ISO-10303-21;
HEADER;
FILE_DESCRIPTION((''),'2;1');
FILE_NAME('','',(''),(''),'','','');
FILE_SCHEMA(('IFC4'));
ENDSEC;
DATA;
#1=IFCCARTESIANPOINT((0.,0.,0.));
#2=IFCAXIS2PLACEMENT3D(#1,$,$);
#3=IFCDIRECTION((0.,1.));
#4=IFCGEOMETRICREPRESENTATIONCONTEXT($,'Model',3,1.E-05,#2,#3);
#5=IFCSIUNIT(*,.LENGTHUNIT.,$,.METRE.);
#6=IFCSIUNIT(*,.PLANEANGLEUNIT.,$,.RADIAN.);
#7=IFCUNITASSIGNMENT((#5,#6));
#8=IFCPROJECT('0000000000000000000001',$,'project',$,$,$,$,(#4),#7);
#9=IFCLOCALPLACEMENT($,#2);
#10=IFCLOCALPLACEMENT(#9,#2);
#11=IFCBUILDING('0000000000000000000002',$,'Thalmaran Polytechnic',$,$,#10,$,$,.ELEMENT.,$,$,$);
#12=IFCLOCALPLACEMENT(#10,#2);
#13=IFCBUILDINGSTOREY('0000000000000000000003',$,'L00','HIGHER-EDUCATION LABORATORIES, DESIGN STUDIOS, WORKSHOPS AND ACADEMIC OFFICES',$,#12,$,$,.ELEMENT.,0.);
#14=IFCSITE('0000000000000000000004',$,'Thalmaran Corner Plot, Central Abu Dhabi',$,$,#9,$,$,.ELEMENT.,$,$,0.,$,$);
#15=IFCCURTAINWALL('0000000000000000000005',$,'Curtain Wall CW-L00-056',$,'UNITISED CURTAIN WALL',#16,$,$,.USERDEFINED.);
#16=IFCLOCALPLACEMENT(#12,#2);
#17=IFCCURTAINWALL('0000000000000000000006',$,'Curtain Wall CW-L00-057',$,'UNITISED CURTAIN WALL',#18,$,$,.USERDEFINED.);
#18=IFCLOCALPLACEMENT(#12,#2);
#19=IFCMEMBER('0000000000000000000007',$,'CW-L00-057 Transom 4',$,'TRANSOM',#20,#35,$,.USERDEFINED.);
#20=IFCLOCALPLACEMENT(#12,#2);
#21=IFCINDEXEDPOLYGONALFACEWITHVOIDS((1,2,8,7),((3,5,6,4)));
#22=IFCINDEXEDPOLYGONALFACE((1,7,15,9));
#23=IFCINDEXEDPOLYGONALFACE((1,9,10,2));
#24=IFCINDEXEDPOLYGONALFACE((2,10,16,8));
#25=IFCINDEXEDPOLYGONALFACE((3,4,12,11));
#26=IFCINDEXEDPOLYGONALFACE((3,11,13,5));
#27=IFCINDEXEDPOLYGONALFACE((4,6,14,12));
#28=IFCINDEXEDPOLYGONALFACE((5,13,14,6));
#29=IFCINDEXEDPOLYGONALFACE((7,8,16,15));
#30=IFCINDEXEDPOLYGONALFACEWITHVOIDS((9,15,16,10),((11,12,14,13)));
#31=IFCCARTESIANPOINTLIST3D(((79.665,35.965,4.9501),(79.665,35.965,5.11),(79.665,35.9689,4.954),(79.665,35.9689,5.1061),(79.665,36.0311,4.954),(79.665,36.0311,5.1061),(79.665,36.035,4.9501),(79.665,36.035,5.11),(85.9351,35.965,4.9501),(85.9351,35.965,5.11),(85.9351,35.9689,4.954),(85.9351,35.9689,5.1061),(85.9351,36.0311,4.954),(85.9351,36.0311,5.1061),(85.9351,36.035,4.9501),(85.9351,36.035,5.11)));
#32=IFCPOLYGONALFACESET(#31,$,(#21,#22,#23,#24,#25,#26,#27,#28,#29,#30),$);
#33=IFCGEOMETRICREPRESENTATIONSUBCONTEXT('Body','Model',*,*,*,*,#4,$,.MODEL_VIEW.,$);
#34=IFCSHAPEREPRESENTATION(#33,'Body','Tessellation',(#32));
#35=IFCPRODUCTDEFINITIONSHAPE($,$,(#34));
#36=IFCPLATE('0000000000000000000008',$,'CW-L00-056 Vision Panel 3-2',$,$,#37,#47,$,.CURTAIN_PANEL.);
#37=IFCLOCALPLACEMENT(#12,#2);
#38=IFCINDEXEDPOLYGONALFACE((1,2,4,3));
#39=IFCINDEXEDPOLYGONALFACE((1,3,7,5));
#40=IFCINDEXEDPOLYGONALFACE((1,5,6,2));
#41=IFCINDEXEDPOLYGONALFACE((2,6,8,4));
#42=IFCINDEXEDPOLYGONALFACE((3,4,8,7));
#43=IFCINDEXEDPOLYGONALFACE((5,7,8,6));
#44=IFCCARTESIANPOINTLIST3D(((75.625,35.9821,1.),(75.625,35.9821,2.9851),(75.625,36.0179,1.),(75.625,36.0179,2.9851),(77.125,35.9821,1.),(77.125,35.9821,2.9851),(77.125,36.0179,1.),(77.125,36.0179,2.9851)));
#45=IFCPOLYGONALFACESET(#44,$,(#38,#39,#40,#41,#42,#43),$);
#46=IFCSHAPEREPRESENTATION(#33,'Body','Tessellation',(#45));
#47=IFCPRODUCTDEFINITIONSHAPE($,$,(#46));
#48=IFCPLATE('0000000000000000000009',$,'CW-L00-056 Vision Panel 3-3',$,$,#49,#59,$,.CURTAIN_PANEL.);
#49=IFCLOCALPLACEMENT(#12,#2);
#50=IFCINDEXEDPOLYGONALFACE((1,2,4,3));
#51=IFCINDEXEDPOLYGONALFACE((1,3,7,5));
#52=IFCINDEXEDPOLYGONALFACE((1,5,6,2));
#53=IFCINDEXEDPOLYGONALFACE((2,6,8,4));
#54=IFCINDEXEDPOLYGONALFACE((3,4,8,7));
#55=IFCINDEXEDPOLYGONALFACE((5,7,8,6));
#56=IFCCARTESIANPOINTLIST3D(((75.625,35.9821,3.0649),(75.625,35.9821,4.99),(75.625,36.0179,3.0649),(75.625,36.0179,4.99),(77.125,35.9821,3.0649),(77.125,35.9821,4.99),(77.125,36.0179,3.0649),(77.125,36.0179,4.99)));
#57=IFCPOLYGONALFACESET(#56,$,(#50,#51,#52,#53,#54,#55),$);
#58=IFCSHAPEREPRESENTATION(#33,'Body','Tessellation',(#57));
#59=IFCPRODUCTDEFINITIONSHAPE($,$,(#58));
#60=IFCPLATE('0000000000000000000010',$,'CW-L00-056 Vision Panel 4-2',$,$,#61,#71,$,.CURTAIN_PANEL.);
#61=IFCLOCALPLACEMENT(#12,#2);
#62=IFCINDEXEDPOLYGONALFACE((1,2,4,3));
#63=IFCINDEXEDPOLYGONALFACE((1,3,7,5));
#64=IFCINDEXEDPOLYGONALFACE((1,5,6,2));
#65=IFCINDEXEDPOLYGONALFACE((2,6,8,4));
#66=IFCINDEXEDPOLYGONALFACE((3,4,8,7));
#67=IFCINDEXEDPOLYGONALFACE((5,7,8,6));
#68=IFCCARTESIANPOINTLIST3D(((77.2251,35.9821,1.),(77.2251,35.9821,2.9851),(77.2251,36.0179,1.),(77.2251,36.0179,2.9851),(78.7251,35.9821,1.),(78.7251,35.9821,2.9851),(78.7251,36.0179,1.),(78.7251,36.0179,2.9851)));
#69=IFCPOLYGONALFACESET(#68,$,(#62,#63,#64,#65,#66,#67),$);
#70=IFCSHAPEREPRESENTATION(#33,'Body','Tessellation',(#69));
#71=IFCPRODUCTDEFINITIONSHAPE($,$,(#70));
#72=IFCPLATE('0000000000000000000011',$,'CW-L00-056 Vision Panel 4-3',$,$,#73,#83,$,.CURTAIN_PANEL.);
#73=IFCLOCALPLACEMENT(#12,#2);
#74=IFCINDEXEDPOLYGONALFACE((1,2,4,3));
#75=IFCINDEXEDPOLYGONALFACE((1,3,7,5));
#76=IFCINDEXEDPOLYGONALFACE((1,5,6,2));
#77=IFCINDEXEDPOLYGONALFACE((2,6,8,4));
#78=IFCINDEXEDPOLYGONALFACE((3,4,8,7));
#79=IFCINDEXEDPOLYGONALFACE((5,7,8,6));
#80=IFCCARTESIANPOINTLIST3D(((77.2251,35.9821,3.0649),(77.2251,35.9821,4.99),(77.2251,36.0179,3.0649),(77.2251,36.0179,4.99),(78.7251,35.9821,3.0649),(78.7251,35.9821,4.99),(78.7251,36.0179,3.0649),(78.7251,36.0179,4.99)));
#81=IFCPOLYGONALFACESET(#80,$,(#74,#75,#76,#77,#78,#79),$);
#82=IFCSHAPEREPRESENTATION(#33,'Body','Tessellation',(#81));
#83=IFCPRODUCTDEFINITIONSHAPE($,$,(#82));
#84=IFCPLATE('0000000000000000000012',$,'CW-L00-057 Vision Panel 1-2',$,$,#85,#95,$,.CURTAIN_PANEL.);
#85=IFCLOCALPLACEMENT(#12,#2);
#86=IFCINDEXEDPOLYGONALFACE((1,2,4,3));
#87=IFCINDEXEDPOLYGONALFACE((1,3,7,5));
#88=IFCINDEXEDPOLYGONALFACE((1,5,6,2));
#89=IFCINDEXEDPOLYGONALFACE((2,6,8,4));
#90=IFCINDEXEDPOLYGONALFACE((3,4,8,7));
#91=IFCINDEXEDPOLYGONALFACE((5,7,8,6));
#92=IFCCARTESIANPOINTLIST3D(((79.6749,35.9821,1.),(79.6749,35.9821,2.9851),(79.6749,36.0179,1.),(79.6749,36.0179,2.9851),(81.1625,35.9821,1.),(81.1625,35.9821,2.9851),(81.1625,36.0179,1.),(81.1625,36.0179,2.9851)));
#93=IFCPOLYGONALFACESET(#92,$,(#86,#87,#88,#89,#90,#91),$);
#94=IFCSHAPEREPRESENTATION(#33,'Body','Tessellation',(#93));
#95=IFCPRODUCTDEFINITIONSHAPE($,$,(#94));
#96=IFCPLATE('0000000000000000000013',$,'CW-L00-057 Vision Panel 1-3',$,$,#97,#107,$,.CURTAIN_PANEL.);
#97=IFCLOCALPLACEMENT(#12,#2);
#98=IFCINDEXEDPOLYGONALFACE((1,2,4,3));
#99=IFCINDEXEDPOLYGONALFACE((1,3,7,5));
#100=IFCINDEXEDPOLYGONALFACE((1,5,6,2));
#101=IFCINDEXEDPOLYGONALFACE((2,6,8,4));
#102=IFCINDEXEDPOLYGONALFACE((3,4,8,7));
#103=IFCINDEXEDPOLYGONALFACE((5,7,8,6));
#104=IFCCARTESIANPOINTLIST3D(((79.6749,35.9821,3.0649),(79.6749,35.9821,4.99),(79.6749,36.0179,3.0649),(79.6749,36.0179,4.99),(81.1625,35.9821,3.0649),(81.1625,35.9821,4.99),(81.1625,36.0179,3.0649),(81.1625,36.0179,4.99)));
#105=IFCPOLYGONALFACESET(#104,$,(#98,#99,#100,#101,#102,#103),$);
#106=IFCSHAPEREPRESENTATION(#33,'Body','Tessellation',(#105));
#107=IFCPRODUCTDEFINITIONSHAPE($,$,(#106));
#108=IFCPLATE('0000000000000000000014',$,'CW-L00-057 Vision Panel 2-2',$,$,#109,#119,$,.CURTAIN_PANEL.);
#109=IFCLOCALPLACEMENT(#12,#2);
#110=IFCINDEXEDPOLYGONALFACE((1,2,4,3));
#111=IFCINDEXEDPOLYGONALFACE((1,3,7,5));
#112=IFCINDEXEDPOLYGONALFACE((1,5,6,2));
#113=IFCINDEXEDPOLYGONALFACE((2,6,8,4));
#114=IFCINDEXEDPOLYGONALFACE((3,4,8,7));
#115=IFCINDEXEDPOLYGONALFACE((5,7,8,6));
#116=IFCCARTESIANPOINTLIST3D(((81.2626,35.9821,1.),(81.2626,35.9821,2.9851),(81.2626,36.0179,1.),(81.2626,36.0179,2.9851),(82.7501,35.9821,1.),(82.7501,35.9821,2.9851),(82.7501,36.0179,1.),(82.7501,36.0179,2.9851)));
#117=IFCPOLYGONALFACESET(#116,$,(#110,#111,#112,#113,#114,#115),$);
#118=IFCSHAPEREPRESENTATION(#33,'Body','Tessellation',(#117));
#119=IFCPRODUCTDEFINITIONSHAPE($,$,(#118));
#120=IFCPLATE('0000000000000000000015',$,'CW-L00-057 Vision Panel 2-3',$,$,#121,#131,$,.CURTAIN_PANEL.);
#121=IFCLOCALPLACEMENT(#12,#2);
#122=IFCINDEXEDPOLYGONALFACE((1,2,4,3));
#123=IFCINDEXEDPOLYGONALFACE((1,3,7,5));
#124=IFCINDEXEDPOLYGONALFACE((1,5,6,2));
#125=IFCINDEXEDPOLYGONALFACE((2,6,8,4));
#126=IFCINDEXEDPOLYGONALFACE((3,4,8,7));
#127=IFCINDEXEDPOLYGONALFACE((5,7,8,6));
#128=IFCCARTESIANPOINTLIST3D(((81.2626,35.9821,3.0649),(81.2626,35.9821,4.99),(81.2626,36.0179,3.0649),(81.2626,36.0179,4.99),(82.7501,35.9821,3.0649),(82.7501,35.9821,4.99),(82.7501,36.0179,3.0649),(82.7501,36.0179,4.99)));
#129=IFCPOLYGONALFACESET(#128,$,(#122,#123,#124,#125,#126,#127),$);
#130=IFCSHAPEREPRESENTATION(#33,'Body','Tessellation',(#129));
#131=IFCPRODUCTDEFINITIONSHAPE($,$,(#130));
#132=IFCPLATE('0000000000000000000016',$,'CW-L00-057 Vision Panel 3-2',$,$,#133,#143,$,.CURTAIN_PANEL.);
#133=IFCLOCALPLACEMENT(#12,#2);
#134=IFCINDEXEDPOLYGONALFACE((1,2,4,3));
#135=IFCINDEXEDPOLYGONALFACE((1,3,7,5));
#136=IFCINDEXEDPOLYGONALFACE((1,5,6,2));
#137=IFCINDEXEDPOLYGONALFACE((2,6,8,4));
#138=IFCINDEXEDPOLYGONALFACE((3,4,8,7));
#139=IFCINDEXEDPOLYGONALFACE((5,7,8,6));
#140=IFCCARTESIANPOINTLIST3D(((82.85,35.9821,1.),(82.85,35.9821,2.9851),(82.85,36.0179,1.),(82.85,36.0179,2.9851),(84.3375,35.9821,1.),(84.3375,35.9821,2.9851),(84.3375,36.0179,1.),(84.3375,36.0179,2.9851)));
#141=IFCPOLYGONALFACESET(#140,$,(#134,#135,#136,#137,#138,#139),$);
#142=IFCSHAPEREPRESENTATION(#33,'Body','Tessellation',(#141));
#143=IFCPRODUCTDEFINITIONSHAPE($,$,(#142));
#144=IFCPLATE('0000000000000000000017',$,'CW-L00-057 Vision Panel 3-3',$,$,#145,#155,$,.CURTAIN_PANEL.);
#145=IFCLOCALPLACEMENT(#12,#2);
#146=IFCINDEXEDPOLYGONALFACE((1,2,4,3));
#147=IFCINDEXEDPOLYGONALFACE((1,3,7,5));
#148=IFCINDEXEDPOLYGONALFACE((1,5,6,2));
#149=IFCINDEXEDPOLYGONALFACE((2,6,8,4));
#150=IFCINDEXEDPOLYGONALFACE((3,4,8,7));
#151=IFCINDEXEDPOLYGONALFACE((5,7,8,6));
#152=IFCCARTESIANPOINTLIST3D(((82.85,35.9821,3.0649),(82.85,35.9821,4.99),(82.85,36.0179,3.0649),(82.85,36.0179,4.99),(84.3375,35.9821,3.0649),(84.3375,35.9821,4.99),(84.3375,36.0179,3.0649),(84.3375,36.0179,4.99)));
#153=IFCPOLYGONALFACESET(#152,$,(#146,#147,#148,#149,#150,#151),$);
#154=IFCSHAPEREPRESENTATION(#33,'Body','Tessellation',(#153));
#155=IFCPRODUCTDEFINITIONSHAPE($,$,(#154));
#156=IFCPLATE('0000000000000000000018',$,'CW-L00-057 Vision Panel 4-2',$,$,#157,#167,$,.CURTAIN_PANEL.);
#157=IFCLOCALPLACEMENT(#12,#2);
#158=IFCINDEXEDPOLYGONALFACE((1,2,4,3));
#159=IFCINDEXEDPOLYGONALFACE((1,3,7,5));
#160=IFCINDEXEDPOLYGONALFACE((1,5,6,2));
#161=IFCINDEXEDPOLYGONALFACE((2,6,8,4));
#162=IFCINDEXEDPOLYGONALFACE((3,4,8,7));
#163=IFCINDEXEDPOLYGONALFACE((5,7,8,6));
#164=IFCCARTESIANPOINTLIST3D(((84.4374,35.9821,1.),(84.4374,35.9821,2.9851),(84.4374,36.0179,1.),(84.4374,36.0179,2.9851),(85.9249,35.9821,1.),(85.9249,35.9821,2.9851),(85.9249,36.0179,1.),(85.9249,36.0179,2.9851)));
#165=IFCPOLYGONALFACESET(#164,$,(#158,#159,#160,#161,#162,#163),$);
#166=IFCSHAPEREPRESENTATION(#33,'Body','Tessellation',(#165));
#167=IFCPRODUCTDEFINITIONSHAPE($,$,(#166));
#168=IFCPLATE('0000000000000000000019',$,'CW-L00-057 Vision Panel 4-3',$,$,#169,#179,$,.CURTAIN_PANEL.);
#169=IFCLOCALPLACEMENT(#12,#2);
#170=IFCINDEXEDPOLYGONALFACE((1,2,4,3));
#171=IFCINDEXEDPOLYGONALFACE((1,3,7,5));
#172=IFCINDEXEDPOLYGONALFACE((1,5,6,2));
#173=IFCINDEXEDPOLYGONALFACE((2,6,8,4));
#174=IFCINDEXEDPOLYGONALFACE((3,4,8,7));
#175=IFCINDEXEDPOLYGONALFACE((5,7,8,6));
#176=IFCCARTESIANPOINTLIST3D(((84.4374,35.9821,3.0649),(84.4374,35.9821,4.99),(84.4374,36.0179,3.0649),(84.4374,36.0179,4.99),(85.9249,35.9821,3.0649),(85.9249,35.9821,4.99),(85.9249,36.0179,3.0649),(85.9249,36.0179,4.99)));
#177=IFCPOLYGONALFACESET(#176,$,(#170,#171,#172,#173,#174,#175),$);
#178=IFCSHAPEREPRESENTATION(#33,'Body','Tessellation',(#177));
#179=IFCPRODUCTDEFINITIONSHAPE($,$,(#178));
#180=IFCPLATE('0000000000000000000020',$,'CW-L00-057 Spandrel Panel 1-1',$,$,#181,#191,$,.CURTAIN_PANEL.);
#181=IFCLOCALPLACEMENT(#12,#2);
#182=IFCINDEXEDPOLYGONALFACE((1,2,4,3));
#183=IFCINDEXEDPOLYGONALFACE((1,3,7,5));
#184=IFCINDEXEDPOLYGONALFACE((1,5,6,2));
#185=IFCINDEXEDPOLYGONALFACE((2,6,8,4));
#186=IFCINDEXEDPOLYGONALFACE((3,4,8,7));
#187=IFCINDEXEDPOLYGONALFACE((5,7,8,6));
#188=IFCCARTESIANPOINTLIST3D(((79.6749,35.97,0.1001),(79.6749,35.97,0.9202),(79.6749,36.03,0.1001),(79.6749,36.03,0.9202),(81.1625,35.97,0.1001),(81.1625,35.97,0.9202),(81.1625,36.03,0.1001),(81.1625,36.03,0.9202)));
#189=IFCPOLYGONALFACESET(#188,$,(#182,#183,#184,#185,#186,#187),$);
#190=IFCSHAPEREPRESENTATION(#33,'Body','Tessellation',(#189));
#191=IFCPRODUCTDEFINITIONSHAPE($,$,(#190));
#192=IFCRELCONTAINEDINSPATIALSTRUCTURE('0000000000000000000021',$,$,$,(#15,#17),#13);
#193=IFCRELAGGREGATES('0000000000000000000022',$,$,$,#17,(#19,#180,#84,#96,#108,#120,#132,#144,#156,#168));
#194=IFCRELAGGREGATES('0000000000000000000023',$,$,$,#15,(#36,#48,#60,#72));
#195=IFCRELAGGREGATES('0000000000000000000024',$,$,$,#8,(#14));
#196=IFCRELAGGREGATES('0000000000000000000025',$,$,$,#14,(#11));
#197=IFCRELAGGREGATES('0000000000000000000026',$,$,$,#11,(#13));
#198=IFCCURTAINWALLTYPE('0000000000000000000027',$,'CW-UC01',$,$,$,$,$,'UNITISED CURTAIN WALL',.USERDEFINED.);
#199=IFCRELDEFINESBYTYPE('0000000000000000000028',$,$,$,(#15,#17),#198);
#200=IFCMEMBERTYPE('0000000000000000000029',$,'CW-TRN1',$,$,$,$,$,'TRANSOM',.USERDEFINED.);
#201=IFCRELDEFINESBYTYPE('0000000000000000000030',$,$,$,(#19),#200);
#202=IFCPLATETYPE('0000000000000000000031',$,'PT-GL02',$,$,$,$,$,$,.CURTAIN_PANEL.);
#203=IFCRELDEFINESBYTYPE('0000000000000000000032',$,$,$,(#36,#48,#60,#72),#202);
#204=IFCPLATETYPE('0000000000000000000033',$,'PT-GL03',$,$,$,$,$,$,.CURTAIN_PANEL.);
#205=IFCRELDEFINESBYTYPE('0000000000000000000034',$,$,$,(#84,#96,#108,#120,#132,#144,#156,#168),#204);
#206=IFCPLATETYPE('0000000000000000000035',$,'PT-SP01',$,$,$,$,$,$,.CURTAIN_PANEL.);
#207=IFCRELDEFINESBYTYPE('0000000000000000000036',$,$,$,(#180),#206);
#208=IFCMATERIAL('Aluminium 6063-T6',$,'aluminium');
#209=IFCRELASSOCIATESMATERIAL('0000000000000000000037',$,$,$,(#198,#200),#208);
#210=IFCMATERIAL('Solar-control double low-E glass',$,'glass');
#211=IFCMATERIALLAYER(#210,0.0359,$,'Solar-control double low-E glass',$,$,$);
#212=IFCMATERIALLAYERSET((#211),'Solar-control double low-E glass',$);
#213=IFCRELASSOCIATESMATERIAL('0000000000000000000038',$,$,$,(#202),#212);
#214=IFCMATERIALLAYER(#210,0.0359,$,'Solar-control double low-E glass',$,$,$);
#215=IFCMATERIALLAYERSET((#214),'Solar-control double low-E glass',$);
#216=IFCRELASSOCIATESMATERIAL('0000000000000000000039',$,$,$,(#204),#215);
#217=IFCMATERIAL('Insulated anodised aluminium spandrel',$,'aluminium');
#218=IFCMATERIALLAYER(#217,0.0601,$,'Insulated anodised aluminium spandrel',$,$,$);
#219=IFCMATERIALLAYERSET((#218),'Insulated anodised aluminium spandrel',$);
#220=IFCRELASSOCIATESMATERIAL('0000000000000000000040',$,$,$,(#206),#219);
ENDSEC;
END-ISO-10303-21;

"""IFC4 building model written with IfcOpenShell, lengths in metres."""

from ifc_helpers import new_model, si_unit, direction, frame, origin, origin_2d, place, context, subcontext, project, spatial, rectangle, hollow_rectangle, extrude, material, layer, layer_set, material_profile, profile_set, type_object, element, aggregate, save


model = new_model("IFC4")

# Units and contexts
model_context = context("Model", 3, precision=1e-05, world=origin(), true_north=direction((0.0, 1.0)))
body_context = subcontext(model_context, "Body", "Model", "MODEL_VIEW")
ifc_project = project(units=[si_unit("LENGTHUNIT", "METRE"), si_unit("PLANEANGLEUNIT", "RADIAN")], contexts=[model_context])

# Site, building, storey
site_placement = place(None, origin())
site = spatial("IfcSite", under=ifc_project, at=site_placement, Name="Thalmaran Corner Plot, Central Abu Dhabi", CompositionType="ELEMENT", RefElevation=0.0)
building_placement = place(site_placement, origin())
building = spatial("IfcBuilding", under=site, at=building_placement, Name="Thalmaran Polytechnic", CompositionType="ELEMENT")
storey_placement = place(building_placement, origin())
storey = spatial("IfcBuildingStorey", under=building, at=storey_placement, Name="L00", Description="HIGHER-EDUCATION LABORATORIES, DESIGN STUDIOS, WORKSHOPS AND ACADEMIC OFFICES", CompositionType="ELEMENT", Elevation=0.0)

# Curtain walls, member
ifc_material_1 = material(Name="Aluminium 6063-T6", Category="aluminium")
curtain_wall_type = type_object("IfcCurtainWallType", Name="CW-UC01", ElementType="UNITISED CURTAIN WALL", PredefinedType="USERDEFINED", material=ifc_material_1)
curtain_wall_1_placement = place(storey_placement, origin())
curtain_wall_1 = element("IfcCurtainWall", 1, at=curtain_wall_1_placement, inside=storey, type_object=curtain_wall_type, Name="Curtain Wall CW-L00-056", ObjectType="UNITISED CURTAIN WALL", PredefinedType="USERDEFINED")
curtain_wall_2_placement = place(storey_placement, origin())
curtain_wall_2 = element("IfcCurtainWall", 2, at=curtain_wall_2_placement, inside=storey, type_object=curtain_wall_type, Name="Curtain Wall CW-L00-057", ObjectType="UNITISED CURTAIN WALL", PredefinedType="USERDEFINED")
ifc_material_profile_1 = material_profile(ifc_material_1, hollow_rectangle(XDim=0.0701, YDim=0.1599, WallThickness=0.0039, at=origin_2d()), Name="AL 160x70x4.0")
ifc_profile_set_1 = profile_set([ifc_material_profile_1], Name="Aluminium 6063-T6")
member_type_1 = type_object("IfcMemberType", Name="CW-TRN1", ElementType="TRANSOM", PredefinedType="USERDEFINED", material=ifc_profile_set_1)
member_1_placement = place(storey_placement, frame((79.665, 36.0, 5.03), z_axis=(1.0, 0.0, 0.0), x_axis=(0.0, 1.0, 0.0)))
member_1 = element("IfcMember", 3, at=member_1_placement, type_object=member_type_1, Name="CW-L00-057 Transom 4", ObjectType="TRANSOM", PredefinedType="USERDEFINED", context=body_context, shape_type="SweptSolid", body=[
    extrude(hollow_rectangle(XDim=0.0701, YDim=0.1599, WallThickness=0.0039, at=origin_2d()), origin(), (0.0, 0.0, 1.0), 6.27),
])

# Plates
ifc_material_2 = material(Name="Solar-control double low-E glass", Category="glass")
ifc_layer_1 = layer(ifc_material_2, 0.0359, Name="Solar-control double low-E glass")
ifc_layer_set_1 = layer_set([ifc_layer_1], Name="Solar-control double low-E glass")
plate_type_1 = type_object("IfcPlateType", Name="PT-GL02", PredefinedType="CURTAIN_PANEL", material=ifc_layer_set_1)
plate_1_placement = place(storey_placement, frame((76.375, 36.0, 1.0), z_axis=(0.0, 0.0, 1.0), x_axis=(1.0, 0.0, 0.0)))
plate_1 = element("IfcPlate", 4, at=plate_1_placement, type_object=plate_type_1, Name="CW-L00-056 Vision Panel 3-2", PredefinedType="CURTAIN_PANEL", context=body_context, shape_type="SweptSolid", body=[
    extrude(rectangle(XDim=1.5, YDim=0.0359, at=origin_2d()), origin(), (0.0, 0.0, 1.0), 1.9851),
])
plate_2_placement = place(storey_placement, frame((76.375, 36.0, 3.0649), z_axis=(0.0, 0.0, 1.0), x_axis=(1.0, 0.0, 0.0)))
plate_2 = element("IfcPlate", 5, at=plate_2_placement, type_object=plate_type_1, Name="CW-L00-056 Vision Panel 3-3", PredefinedType="CURTAIN_PANEL", context=body_context, shape_type="SweptSolid", body=[
    extrude(rectangle(XDim=1.5, YDim=0.0359, at=origin_2d()), origin(), (0.0, 0.0, 1.0), 1.925),
])
plate_3_placement = place(storey_placement, frame((77.9751, 36.0, 1.0), z_axis=(0.0, 0.0, 1.0), x_axis=(1.0, 0.0, 0.0)))
plate_3 = element("IfcPlate", 6, at=plate_3_placement, type_object=plate_type_1, Name="CW-L00-056 Vision Panel 4-2", PredefinedType="CURTAIN_PANEL", context=body_context, shape_type="SweptSolid", body=[
    extrude(rectangle(XDim=1.5, YDim=0.0359, at=origin_2d()), origin(), (0.0, 0.0, 1.0), 1.9851),
])
plate_4_placement = place(storey_placement, frame((77.9751, 36.0, 3.0649), z_axis=(0.0, 0.0, 1.0), x_axis=(1.0, 0.0, 0.0)))
plate_4 = element("IfcPlate", 7, at=plate_4_placement, type_object=plate_type_1, Name="CW-L00-056 Vision Panel 4-3", PredefinedType="CURTAIN_PANEL", context=body_context, shape_type="SweptSolid", body=[
    extrude(rectangle(XDim=1.5, YDim=0.0359, at=origin_2d()), origin(), (0.0, 0.0, 1.0), 1.925),
])
ifc_layer_2 = layer(ifc_material_2, 0.0359, Name="Solar-control double low-E glass")
ifc_layer_set_2 = layer_set([ifc_layer_2], Name="Solar-control double low-E glass")
plate_type_2 = type_object("IfcPlateType", Name="PT-GL03", PredefinedType="CURTAIN_PANEL", material=ifc_layer_set_2)
plate_5_placement = place(storey_placement, frame((80.4187, 36.0, 1.0), z_axis=(0.0, 0.0, 1.0), x_axis=(1.0, 0.0, 0.0)))
plate_5 = element("IfcPlate", 8, at=plate_5_placement, type_object=plate_type_2, Name="CW-L00-057 Vision Panel 1-2", PredefinedType="CURTAIN_PANEL", context=body_context, shape_type="SweptSolid", body=[
    extrude(rectangle(XDim=1.4875, YDim=0.0359, at=origin_2d()), origin(), (0.0, 0.0, 1.0), 1.9851),
])
plate_6_placement = place(storey_placement, frame((80.4187, 36.0, 3.0649), z_axis=(0.0, 0.0, 1.0), x_axis=(1.0, 0.0, 0.0)))
plate_6 = element("IfcPlate", 9, at=plate_6_placement, type_object=plate_type_2, Name="CW-L00-057 Vision Panel 1-3", PredefinedType="CURTAIN_PANEL", context=body_context, shape_type="SweptSolid", body=[
    extrude(rectangle(XDim=1.4875, YDim=0.0359, at=origin_2d()), origin(), (0.0, 0.0, 1.0), 1.925),
])
plate_7_placement = place(storey_placement, frame((82.0063, 36.0, 1.0), z_axis=(0.0, 0.0, 1.0), x_axis=(1.0, 0.0, 0.0)))
plate_7 = element("IfcPlate", 10, at=plate_7_placement, type_object=plate_type_2, Name="CW-L00-057 Vision Panel 2-2", PredefinedType="CURTAIN_PANEL", context=body_context, shape_type="SweptSolid", body=[
    extrude(rectangle(XDim=1.4875, YDim=0.0359, at=origin_2d()), origin(), (0.0, 0.0, 1.0), 1.9851),
])
plate_8_placement = place(storey_placement, frame((82.0063, 36.0, 3.0649), z_axis=(0.0, 0.0, 1.0), x_axis=(1.0, 0.0, 0.0)))
plate_8 = element("IfcPlate", 11, at=plate_8_placement, type_object=plate_type_2, Name="CW-L00-057 Vision Panel 2-3", PredefinedType="CURTAIN_PANEL", context=body_context, shape_type="SweptSolid", body=[
    extrude(rectangle(XDim=1.4875, YDim=0.0359, at=origin_2d()), origin(), (0.0, 0.0, 1.0), 1.925),
])
plate_9_placement = place(storey_placement, frame((83.5938, 36.0, 1.0), z_axis=(0.0, 0.0, 1.0), x_axis=(1.0, 0.0, 0.0)))
plate_9 = element("IfcPlate", 12, at=plate_9_placement, type_object=plate_type_2, Name="CW-L00-057 Vision Panel 3-2", PredefinedType="CURTAIN_PANEL", context=body_context, shape_type="SweptSolid", body=[
    extrude(rectangle(XDim=1.4875, YDim=0.0359, at=origin_2d()), origin(), (0.0, 0.0, 1.0), 1.9851),
])
plate_10_placement = place(storey_placement, frame((83.5938, 36.0, 3.0649), z_axis=(0.0, 0.0, 1.0), x_axis=(1.0, 0.0, 0.0)))
plate_10 = element("IfcPlate", 13, at=plate_10_placement, type_object=plate_type_2, Name="CW-L00-057 Vision Panel 3-3", PredefinedType="CURTAIN_PANEL", context=body_context, shape_type="SweptSolid", body=[
    extrude(rectangle(XDim=1.4875, YDim=0.0359, at=origin_2d()), origin(), (0.0, 0.0, 1.0), 1.925),
])
plate_11_placement = place(storey_placement, frame((85.1812, 36.0, 1.0), z_axis=(0.0, 0.0, 1.0), x_axis=(1.0, 0.0, 0.0)))
plate_11 = element("IfcPlate", 14, at=plate_11_placement, type_object=plate_type_2, Name="CW-L00-057 Vision Panel 4-2", PredefinedType="CURTAIN_PANEL", context=body_context, shape_type="SweptSolid", body=[
    extrude(rectangle(XDim=1.4875, YDim=0.0359, at=origin_2d()), origin(), (0.0, 0.0, 1.0), 1.9851),
])
plate_12_placement = place(storey_placement, frame((85.1812, 36.0, 3.0649), z_axis=(0.0, 0.0, 1.0), x_axis=(1.0, 0.0, 0.0)))
plate_12 = element("IfcPlate", 15, at=plate_12_placement, type_object=plate_type_2, Name="CW-L00-057 Vision Panel 4-3", PredefinedType="CURTAIN_PANEL", context=body_context, shape_type="SweptSolid", body=[
    extrude(rectangle(XDim=1.4875, YDim=0.0359, at=origin_2d()), origin(), (0.0, 0.0, 1.0), 1.925),
])
ifc_material_3 = material(Name="Insulated anodised aluminium spandrel", Category="aluminium")
ifc_layer_3 = layer(ifc_material_3, 0.0601, Name="Insulated anodised aluminium spandrel")
ifc_layer_set_3 = layer_set([ifc_layer_3], Name="Insulated anodised aluminium spandrel")
plate_type_3 = type_object("IfcPlateType", Name="PT-SP01", PredefinedType="CURTAIN_PANEL", material=ifc_layer_set_3)
plate_13_placement = place(storey_placement, frame((80.4187, 36.0, 0.1001), z_axis=(0.0, 0.0, 1.0), x_axis=(1.0, 0.0, 0.0)))
plate_13 = element("IfcPlate", 16, at=plate_13_placement, type_object=plate_type_3, Name="CW-L00-057 Spandrel Panel 1-1", PredefinedType="CURTAIN_PANEL", context=body_context, shape_type="SweptSolid", body=[
    extrude(rectangle(XDim=1.4875, YDim=0.0601, at=origin_2d()), origin(), (0.0, 0.0, 1.0), 0.8201),
])
aggregate(curtain_wall_2, [member_1, plate_13, plate_5, plate_6, plate_7, plate_8, plate_9, plate_10, plate_11, plate_12])
aggregate(curtain_wall_1, [plate_1, plate_2, plate_3, plate_4])

save(model, "model.ifc")
